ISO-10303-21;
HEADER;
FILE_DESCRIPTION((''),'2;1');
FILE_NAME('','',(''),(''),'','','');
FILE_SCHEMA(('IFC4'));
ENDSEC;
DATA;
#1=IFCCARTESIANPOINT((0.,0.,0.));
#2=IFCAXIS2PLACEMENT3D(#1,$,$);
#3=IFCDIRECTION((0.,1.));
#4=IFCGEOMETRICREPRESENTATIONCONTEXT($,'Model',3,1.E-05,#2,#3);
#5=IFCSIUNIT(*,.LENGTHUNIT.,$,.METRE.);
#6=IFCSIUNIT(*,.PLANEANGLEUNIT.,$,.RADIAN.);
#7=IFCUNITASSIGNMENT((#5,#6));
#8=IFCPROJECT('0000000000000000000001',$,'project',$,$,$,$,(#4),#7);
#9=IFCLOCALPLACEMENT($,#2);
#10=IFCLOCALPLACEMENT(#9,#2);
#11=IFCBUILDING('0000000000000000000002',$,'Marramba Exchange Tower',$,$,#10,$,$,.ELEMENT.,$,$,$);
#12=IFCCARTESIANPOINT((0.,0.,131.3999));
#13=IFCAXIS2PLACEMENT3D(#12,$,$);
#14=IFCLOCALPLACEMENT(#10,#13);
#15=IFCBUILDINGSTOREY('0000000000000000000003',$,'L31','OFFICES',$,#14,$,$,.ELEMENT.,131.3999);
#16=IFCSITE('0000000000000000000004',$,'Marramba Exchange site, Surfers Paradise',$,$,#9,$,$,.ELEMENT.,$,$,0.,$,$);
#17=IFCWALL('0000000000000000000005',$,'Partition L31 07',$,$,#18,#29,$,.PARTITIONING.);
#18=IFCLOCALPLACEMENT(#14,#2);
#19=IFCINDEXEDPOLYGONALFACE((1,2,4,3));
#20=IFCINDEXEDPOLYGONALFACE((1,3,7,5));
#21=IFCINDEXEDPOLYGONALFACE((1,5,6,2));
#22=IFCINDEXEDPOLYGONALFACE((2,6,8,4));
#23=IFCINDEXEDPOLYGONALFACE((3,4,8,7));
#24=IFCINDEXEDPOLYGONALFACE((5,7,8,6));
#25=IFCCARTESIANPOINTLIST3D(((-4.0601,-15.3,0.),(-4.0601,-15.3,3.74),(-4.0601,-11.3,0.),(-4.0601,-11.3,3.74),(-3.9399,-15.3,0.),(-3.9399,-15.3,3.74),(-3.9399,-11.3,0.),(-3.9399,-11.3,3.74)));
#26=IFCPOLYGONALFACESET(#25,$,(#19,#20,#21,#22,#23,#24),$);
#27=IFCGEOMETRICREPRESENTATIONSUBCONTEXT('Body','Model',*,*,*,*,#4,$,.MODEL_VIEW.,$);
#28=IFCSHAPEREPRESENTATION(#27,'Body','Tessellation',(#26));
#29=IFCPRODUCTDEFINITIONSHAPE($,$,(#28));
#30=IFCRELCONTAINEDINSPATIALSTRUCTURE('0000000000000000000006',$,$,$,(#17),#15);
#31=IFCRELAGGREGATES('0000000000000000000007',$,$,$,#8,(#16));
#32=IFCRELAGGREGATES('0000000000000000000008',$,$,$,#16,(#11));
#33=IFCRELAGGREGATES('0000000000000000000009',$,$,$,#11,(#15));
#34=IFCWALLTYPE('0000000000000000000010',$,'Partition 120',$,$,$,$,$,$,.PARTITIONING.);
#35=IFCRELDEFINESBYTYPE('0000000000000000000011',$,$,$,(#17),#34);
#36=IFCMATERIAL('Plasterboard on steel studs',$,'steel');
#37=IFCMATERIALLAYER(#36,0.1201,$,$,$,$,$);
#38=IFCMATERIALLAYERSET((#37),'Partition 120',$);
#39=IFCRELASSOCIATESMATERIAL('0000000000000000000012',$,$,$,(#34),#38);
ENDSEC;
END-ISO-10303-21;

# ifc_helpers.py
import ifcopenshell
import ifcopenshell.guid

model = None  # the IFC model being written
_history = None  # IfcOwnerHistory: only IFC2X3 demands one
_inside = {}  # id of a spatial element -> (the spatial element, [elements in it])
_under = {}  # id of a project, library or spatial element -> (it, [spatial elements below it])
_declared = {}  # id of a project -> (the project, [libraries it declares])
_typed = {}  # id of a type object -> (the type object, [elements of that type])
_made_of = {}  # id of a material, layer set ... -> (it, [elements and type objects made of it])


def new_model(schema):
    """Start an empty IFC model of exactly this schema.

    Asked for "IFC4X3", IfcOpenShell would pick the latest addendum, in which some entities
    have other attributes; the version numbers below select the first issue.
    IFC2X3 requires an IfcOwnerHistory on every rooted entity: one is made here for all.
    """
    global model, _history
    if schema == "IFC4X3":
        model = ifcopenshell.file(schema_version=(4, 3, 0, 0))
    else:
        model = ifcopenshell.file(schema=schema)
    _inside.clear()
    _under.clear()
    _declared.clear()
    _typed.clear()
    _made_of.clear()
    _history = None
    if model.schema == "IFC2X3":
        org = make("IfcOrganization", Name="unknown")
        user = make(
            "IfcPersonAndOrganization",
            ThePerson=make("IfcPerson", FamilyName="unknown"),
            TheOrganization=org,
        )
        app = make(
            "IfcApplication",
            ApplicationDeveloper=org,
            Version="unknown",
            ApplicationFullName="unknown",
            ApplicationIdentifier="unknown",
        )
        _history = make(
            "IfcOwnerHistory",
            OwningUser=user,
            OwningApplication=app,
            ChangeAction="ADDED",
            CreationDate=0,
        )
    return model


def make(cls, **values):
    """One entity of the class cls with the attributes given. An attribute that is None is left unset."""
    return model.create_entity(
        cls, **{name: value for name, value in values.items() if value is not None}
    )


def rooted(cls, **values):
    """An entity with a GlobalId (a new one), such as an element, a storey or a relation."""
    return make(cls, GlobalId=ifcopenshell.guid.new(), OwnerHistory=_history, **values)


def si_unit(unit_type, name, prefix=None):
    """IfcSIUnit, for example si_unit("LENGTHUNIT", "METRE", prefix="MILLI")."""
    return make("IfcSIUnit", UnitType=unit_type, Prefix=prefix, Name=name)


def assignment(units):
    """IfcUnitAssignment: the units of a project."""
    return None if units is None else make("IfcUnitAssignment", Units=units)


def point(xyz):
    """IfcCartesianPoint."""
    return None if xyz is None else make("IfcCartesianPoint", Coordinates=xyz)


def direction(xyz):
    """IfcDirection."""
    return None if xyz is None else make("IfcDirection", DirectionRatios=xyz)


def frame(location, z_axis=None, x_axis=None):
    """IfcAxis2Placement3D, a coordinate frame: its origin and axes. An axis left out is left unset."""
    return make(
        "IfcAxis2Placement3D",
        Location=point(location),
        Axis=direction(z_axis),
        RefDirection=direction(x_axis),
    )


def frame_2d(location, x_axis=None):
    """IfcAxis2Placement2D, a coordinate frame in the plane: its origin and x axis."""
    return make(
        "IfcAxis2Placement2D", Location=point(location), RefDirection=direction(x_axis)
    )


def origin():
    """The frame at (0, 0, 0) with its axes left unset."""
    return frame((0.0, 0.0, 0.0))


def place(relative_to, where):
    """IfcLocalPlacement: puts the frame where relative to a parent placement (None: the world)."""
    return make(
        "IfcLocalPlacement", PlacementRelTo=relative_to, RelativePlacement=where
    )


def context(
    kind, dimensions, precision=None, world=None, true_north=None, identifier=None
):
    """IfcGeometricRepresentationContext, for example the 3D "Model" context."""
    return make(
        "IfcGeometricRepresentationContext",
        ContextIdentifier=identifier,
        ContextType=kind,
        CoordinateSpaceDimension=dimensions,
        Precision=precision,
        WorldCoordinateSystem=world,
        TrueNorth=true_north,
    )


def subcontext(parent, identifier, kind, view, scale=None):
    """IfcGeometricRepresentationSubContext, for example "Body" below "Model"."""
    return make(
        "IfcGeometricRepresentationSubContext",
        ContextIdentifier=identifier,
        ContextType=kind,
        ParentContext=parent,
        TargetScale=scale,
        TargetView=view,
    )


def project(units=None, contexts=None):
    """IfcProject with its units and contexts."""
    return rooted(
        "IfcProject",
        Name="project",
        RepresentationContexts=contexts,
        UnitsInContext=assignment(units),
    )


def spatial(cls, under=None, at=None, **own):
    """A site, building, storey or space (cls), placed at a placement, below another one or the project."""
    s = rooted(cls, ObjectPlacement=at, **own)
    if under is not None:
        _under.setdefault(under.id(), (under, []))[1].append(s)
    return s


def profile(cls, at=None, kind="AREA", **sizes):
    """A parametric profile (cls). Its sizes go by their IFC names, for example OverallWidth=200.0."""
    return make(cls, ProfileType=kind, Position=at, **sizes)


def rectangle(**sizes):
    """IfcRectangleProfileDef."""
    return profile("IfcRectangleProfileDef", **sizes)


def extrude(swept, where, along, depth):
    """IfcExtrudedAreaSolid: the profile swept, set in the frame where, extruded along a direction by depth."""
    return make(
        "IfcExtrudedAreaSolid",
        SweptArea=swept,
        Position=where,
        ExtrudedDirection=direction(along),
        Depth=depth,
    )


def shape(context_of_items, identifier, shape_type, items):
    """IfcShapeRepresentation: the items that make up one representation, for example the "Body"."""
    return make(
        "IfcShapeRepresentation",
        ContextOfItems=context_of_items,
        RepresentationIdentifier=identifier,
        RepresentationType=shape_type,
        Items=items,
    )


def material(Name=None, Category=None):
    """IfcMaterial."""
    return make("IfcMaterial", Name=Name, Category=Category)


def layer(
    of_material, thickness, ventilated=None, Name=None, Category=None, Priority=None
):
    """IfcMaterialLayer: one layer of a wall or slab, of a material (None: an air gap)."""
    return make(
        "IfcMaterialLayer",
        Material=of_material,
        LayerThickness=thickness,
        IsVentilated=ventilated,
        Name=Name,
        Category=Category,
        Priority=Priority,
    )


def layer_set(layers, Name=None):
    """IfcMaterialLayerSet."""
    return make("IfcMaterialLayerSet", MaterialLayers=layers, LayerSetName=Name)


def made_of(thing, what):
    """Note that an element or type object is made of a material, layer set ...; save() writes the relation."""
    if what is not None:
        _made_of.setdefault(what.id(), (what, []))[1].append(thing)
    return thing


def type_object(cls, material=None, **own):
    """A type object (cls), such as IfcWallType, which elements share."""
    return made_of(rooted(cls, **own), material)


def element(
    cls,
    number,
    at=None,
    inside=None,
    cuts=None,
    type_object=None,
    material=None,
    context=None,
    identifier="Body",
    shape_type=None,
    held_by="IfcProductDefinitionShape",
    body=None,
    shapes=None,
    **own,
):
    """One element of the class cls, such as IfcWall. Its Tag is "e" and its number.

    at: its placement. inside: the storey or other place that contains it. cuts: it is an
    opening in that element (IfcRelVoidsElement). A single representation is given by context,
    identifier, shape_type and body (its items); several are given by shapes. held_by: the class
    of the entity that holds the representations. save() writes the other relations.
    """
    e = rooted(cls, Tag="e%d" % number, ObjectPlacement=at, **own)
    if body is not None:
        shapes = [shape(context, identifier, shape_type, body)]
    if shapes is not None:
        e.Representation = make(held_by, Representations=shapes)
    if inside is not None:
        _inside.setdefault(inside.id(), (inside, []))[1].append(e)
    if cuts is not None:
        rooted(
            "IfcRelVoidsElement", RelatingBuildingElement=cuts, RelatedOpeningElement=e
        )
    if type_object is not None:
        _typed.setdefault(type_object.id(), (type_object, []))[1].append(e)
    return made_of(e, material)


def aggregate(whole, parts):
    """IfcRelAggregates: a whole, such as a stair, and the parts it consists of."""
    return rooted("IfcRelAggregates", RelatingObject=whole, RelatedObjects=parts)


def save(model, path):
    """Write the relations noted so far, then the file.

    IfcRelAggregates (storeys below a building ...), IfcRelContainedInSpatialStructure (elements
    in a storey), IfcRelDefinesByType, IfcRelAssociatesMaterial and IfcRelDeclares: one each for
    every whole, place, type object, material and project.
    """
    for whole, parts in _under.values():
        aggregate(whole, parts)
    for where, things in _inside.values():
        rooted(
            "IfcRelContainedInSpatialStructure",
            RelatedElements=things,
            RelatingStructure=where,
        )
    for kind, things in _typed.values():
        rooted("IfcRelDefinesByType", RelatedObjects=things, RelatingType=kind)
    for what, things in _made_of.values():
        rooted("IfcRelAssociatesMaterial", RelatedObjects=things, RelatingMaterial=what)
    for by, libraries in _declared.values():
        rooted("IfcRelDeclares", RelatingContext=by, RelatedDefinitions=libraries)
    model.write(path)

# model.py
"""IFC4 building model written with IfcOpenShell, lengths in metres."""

from ifc_helpers import new_model, si_unit, direction, frame, frame_2d, origin, place, context, subcontext, project, spatial, rectangle, extrude, material, layer, layer_set, type_object, element, save


model = new_model("IFC4")

# Units and contexts
model_context = context("Model", 3, precision=1e-05, world=origin(), true_north=direction((0.0, 1.0)))
body_context = subcontext(model_context, "Body", "Model", "MODEL_VIEW")
ifc_project = project(units=[si_unit("LENGTHUNIT", "METRE"), si_unit("PLANEANGLEUNIT", "RADIAN")], contexts=[model_context])

# Site, building, storey
site_placement = place(None, origin())
site = spatial("IfcSite", under=ifc_project, at=site_placement, Name="Marramba Exchange site, Surfers Paradise", CompositionType="ELEMENT", RefElevation=0.0)
building_placement = place(site_placement, origin())
building = spatial("IfcBuilding", under=site, at=building_placement, Name="Marramba Exchange Tower", CompositionType="ELEMENT")
storey_placement = place(building_placement, frame((0.0, 0.0, 131.3999)))
storey = spatial("IfcBuildingStorey", under=building, at=storey_placement, Name="L31", Description="OFFICES", CompositionType="ELEMENT", Elevation=131.3999)

# Shared definitions
ifc_material_1 = material(Name="Plasterboard on steel studs", Category="steel")
ifc_layer_1 = layer(ifc_material_1, 0.1201)
ifc_layer_set_1 = layer_set([ifc_layer_1], Name="Partition 120")
wall_type_1 = type_object("IfcWallType", Name="Partition 120", PredefinedType="PARTITIONING", material=ifc_layer_set_1)

# Wall
wall_1_placement = place(storey_placement, frame((-4.0, -15.3, 0.0), z_axis=(0.0, 0.0, 1.0), x_axis=(0.0, 1.0, 0.0)))
element("IfcWall", 1, at=wall_1_placement, inside=storey, type_object=wall_type_1, Name="Partition L31 07", PredefinedType="PARTITIONING", context=body_context, shape_type="SweptSolid", body=[
    extrude(rectangle(XDim=4.0, YDim=0.1201, at=frame_2d((2.0, 0.0))), origin(), (0.0, 0.0, 1.0), 3.74),
])

save(model, "model.ifc")
